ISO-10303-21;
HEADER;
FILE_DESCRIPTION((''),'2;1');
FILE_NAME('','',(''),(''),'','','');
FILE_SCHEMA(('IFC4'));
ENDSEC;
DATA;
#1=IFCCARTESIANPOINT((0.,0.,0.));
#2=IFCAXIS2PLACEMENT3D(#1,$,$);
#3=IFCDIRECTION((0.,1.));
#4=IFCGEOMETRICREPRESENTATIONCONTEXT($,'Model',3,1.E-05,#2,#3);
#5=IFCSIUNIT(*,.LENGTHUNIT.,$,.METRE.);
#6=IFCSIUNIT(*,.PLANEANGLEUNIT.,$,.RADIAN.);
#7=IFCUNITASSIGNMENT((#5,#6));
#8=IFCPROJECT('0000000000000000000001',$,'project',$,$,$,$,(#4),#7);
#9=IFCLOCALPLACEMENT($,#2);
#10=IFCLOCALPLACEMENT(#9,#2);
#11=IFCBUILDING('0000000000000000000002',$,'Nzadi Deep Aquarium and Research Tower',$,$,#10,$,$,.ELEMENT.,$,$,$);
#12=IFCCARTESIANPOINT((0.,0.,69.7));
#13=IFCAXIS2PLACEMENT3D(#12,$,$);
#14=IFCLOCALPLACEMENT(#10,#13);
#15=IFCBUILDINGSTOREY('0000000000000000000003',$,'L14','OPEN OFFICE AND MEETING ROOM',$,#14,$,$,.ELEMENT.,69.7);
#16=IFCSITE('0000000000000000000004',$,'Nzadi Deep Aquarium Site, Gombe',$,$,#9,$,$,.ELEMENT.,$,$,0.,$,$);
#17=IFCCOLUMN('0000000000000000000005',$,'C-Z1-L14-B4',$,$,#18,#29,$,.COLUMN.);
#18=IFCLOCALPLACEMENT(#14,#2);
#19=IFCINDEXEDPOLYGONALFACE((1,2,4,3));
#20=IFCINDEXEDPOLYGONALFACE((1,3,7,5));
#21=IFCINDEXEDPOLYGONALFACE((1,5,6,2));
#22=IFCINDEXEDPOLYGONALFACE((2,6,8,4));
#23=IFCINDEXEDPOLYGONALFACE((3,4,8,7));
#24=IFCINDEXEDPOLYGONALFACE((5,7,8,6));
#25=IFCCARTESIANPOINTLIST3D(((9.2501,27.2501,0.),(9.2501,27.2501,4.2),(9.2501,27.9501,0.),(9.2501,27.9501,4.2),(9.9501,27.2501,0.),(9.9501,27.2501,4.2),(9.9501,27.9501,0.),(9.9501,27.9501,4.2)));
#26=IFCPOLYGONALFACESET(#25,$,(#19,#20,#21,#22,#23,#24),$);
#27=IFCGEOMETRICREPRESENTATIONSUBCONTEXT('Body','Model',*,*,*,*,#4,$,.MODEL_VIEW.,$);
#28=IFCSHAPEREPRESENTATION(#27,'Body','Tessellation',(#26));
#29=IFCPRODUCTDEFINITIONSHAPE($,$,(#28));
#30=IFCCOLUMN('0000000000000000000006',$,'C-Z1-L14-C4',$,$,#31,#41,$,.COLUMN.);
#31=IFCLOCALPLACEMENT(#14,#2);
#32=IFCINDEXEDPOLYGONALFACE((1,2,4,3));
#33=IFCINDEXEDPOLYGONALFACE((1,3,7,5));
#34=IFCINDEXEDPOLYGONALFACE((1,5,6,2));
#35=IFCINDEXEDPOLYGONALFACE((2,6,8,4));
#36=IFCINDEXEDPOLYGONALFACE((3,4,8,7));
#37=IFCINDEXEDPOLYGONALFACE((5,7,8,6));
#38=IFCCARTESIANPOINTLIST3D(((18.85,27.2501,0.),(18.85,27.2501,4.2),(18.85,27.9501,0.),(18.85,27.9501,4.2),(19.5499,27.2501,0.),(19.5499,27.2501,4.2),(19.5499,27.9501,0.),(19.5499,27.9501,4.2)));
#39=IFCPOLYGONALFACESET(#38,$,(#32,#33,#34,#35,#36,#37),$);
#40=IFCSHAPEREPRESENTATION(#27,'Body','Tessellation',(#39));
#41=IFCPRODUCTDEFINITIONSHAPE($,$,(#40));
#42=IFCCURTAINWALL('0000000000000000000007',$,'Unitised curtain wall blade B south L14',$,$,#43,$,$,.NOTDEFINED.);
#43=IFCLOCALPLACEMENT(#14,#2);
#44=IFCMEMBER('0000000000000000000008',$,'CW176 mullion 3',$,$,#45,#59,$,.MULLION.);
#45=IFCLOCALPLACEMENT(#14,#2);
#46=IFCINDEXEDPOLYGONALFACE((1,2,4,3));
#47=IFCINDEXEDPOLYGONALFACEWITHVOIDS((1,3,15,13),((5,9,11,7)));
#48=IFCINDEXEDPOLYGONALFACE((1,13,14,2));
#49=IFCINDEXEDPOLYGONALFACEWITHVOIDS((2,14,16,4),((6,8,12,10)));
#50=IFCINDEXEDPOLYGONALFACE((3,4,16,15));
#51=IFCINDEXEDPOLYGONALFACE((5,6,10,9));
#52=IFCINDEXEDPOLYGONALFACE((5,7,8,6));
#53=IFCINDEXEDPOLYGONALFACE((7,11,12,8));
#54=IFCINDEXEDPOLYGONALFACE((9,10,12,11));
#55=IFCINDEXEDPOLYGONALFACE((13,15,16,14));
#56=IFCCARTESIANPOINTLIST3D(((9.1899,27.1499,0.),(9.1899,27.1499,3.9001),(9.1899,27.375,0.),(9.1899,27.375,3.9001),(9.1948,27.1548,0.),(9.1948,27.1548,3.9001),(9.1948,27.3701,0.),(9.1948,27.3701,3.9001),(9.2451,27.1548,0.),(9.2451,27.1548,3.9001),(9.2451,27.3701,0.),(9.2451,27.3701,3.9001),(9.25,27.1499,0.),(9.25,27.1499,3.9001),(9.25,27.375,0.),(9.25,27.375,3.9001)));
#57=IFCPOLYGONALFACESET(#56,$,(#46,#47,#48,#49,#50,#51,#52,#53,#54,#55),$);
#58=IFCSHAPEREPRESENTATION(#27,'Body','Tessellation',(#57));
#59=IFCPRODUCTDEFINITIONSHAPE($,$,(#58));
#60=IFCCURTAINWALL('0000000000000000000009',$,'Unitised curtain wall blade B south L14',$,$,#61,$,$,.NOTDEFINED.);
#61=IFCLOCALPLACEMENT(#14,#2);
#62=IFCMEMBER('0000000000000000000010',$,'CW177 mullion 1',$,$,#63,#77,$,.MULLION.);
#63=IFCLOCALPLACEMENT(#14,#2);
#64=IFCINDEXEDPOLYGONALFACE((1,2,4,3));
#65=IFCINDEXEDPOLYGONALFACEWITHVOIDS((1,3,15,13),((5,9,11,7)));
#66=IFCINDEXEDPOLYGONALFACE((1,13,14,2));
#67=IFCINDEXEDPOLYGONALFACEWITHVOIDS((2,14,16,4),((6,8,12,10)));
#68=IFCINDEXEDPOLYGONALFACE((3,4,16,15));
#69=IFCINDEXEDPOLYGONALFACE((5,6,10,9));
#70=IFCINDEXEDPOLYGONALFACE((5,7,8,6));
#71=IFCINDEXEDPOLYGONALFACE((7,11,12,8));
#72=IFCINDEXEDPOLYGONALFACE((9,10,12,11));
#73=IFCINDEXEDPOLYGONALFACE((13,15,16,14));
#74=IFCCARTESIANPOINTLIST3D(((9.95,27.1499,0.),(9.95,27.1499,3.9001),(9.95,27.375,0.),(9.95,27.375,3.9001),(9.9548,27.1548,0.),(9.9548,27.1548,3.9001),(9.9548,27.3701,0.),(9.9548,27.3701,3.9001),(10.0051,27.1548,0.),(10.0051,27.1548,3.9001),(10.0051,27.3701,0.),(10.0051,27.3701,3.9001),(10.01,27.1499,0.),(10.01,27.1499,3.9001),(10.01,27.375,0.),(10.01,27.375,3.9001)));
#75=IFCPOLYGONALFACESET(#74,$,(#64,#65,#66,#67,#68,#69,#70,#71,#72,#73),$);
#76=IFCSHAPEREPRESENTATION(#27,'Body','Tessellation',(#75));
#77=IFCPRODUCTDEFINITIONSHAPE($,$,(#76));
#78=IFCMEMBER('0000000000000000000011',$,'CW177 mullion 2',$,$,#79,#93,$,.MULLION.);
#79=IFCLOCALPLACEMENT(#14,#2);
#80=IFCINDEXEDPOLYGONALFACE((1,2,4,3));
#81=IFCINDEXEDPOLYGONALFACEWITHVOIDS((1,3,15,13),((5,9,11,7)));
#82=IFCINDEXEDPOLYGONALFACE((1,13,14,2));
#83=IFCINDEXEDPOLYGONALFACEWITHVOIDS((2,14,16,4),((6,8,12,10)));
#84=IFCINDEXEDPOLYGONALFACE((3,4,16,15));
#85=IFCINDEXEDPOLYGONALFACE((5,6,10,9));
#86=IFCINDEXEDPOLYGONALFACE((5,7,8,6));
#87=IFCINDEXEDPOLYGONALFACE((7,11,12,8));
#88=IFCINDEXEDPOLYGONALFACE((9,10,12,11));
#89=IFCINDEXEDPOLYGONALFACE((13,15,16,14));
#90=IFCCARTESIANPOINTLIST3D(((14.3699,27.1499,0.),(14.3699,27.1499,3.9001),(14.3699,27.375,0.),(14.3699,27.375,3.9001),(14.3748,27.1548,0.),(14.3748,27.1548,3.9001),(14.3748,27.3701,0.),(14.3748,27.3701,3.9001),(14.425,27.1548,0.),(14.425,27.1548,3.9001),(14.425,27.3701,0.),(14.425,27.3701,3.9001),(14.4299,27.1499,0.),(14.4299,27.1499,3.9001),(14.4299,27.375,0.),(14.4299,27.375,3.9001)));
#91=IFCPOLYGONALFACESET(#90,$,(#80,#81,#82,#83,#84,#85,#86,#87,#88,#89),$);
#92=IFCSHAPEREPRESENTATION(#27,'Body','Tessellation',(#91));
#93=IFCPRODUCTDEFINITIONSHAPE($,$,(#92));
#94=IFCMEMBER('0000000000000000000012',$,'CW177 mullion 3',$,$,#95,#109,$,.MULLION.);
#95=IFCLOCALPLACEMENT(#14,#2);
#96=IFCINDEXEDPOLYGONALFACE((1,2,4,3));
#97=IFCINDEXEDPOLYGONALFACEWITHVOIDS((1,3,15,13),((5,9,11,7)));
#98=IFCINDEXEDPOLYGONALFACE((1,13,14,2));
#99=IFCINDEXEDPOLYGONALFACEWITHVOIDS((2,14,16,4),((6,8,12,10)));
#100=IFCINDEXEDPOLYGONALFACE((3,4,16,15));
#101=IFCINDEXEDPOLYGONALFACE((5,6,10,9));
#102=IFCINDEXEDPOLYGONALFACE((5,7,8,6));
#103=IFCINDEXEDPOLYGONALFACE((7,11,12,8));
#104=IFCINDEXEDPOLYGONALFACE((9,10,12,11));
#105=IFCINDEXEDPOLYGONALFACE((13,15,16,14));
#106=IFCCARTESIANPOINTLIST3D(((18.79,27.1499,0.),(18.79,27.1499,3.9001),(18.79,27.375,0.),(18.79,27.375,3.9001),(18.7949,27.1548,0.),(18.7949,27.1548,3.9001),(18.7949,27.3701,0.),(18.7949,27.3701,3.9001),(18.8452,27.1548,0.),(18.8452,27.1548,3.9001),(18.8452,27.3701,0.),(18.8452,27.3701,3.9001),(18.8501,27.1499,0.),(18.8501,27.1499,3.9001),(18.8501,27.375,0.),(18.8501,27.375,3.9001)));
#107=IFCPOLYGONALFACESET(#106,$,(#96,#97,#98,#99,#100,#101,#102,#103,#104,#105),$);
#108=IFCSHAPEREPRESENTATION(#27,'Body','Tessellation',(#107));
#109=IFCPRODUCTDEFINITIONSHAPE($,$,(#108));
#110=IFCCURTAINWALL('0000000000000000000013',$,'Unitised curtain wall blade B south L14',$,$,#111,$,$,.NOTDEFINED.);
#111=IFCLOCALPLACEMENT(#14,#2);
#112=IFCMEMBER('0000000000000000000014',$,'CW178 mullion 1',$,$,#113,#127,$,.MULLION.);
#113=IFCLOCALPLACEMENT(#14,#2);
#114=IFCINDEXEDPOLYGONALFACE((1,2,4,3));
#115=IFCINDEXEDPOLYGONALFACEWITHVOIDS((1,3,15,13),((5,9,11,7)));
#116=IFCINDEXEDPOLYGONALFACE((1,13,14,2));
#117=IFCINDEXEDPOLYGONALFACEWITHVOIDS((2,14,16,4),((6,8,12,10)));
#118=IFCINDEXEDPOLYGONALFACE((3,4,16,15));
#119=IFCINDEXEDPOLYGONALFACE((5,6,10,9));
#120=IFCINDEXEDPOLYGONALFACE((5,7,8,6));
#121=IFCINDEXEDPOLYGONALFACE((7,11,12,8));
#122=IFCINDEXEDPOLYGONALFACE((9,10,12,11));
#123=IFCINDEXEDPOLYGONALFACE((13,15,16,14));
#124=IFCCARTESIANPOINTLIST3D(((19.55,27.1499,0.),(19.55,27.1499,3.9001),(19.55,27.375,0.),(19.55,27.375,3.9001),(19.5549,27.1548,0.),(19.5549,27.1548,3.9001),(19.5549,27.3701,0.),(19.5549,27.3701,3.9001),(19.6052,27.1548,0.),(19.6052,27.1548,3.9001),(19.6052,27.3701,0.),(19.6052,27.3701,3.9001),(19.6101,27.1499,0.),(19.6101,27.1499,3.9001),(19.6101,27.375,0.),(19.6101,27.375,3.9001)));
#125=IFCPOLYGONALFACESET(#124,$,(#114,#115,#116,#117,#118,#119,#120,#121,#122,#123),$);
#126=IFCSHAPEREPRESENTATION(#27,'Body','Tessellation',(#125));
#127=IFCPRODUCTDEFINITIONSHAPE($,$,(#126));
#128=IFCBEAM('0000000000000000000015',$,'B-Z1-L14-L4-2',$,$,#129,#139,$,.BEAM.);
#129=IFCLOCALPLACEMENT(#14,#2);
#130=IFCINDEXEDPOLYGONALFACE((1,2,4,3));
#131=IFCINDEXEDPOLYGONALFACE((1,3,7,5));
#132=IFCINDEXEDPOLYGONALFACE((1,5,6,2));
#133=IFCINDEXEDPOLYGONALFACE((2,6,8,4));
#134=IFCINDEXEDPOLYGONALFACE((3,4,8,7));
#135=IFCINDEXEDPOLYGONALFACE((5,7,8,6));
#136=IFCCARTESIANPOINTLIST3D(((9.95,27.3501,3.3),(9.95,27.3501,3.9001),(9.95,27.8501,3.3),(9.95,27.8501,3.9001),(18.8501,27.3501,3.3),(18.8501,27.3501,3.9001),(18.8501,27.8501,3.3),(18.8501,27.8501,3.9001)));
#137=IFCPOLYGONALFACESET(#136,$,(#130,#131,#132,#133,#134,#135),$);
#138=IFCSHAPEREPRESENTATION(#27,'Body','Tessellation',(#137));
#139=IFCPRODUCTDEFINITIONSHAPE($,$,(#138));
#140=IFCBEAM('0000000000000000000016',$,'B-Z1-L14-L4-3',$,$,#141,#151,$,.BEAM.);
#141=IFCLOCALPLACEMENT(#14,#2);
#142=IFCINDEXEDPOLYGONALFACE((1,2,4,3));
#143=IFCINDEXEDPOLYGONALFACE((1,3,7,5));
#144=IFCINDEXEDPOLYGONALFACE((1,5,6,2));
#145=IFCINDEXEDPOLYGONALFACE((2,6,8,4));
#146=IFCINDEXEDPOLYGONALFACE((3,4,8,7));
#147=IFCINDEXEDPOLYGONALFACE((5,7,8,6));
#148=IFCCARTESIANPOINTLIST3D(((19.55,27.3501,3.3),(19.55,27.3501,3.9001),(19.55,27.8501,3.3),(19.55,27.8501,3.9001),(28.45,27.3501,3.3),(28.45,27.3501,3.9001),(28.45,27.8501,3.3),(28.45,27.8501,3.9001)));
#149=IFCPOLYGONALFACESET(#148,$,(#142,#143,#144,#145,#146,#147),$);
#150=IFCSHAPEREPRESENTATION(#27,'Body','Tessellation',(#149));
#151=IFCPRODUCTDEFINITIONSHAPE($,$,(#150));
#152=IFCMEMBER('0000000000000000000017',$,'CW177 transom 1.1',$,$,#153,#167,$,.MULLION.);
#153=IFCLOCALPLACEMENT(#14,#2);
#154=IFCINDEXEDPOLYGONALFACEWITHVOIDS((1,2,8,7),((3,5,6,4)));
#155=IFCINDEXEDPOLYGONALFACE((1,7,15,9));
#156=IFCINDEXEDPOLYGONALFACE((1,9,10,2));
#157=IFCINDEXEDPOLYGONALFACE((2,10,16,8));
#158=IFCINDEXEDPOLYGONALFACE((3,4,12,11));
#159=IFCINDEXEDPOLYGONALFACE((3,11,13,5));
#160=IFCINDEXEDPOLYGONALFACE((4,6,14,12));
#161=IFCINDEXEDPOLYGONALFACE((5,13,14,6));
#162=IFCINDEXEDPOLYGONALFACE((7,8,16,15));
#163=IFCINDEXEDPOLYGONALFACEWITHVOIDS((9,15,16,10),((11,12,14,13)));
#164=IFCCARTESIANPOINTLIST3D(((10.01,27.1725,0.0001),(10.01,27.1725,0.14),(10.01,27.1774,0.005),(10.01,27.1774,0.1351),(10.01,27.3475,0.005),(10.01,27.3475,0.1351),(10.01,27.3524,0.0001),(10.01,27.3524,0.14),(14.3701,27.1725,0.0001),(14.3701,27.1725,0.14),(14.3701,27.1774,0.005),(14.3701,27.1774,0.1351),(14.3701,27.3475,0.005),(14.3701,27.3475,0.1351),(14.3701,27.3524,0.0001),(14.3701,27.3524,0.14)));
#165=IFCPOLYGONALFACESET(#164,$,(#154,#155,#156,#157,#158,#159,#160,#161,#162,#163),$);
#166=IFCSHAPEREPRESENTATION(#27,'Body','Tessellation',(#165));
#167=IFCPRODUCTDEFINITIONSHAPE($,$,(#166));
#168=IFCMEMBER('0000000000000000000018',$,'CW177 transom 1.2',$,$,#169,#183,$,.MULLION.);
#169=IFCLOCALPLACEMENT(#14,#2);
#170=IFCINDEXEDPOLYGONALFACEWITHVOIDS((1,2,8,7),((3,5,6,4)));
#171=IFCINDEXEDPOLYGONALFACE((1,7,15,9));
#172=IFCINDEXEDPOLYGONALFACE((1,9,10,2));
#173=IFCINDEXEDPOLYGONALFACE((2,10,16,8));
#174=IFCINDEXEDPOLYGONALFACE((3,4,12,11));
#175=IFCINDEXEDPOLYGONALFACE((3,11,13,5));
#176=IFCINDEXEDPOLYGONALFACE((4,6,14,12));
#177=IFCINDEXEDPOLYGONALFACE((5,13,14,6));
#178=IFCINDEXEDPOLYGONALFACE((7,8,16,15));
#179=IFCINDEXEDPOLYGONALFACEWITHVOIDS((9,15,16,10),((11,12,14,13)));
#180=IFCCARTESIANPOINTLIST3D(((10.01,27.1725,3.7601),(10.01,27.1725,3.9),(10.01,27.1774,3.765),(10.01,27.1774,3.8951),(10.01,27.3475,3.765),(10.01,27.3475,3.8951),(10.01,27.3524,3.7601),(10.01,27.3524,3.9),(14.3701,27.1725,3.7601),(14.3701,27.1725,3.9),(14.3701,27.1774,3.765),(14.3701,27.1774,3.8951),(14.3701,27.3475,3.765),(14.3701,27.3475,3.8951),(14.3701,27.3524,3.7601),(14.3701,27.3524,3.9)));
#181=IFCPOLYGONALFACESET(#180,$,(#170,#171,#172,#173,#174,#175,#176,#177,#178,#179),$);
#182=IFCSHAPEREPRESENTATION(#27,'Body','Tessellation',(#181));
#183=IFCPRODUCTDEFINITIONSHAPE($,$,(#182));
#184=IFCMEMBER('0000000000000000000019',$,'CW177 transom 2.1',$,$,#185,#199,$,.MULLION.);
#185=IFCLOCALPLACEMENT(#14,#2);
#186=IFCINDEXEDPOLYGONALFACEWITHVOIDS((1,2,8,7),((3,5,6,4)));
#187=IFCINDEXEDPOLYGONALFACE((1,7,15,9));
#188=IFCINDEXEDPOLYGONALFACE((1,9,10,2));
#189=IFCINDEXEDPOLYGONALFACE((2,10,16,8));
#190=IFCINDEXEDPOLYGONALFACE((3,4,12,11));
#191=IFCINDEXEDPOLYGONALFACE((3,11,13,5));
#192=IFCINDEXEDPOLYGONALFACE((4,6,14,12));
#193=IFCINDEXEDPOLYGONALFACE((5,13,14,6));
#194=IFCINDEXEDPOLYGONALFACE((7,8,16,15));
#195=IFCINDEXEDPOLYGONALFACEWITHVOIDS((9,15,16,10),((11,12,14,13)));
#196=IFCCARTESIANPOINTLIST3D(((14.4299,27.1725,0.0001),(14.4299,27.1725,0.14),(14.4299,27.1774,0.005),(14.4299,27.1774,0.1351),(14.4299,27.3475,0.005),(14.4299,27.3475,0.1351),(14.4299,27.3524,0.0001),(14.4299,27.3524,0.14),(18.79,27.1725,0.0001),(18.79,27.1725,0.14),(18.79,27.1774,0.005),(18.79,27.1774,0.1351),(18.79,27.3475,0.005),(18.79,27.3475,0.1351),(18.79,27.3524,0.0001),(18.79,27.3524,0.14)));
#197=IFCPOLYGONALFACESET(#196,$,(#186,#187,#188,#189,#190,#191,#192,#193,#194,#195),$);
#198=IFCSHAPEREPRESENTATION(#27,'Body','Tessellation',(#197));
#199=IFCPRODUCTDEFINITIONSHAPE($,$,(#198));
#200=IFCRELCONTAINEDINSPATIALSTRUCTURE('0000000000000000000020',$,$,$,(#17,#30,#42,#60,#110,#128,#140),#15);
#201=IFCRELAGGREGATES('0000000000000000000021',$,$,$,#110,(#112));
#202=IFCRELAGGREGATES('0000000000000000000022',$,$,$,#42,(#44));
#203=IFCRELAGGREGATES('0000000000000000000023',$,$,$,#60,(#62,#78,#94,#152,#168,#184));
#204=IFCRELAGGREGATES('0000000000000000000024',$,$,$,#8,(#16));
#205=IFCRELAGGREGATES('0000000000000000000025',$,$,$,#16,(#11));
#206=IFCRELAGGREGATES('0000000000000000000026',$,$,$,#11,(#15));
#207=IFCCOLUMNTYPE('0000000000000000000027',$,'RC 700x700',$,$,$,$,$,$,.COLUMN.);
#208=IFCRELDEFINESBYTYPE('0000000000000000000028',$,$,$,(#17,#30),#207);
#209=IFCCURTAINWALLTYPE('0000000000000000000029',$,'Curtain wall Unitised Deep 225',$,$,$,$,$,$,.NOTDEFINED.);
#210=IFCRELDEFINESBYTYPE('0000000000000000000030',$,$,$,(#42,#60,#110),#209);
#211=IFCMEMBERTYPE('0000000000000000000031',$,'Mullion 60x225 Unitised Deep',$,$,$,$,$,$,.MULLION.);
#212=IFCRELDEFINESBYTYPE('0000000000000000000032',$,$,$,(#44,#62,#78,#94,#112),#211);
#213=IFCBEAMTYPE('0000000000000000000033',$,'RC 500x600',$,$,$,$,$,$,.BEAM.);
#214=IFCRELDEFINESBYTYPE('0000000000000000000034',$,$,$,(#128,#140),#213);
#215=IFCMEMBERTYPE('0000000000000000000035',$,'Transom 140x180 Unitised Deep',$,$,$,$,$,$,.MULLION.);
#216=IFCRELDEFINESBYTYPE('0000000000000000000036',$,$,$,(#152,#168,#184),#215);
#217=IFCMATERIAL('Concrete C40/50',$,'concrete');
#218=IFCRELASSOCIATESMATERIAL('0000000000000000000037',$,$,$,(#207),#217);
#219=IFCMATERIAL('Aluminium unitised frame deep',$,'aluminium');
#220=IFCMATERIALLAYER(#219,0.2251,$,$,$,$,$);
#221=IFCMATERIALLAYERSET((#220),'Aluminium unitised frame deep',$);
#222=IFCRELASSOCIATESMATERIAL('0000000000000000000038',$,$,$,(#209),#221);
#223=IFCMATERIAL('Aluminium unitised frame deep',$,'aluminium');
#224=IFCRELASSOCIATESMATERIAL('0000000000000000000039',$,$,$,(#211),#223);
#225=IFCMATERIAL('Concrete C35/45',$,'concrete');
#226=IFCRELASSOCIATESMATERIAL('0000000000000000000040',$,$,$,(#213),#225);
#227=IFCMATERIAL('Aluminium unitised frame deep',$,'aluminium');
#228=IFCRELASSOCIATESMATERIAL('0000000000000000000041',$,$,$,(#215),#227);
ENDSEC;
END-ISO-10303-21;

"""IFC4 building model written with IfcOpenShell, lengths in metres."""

from ifc_helpers import new_model, si_unit, direction, frame, origin, origin_2d, place, context, subcontext, project, spatial, rectangle, hollow_rectangle, extrude, material, layer, layer_set, material_profile, profile_set, type_object, element, aggregate, save


model = new_model("IFC4")

# Units and contexts
model_context = context("Model", 3, precision=1e-05, world=origin(), true_north=direction((0.0, 1.0)))
body_context = subcontext(model_context, "Body", "Model", "MODEL_VIEW")
ifc_project = project(units=[si_unit("LENGTHUNIT", "METRE"), si_unit("PLANEANGLEUNIT", "RADIAN")], contexts=[model_context])

# Site, building, storey
site_placement = place(None, origin())
site = spatial("IfcSite", under=ifc_project, at=site_placement, Name="Nzadi Deep Aquarium Site, Gombe", CompositionType="ELEMENT", RefElevation=0.0)
building_placement = place(site_placement, origin())
building = spatial("IfcBuilding", under=site, at=building_placement, Name="Nzadi Deep Aquarium and Research Tower", CompositionType="ELEMENT")
storey_placement = place(building_placement, frame((0.0, 0.0, 69.7)))
storey = spatial("IfcBuildingStorey", under=building, at=storey_placement, Name="L14", Description="OPEN OFFICE AND MEETING ROOM", CompositionType="ELEMENT", Elevation=69.7)

# Columns
ifc_material_1 = material(Name="Concrete C40/50", Category="concrete")
ifc_material_profile_1 = material_profile(ifc_material_1, rectangle(XDim=0.7, YDim=0.7, at=origin_2d()))
ifc_profile_set_1 = profile_set([ifc_material_profile_1], Name="Concrete C40/50")
column_type = type_object("IfcColumnType", Name="RC 700x700", PredefinedType="COLUMN", material=ifc_profile_set_1)
for number, where, z_axis, x_axis, name in (
    (1, (9.6001, 27.6001, 0.0), (0.0, 0.0, 1.0), (1.0, 0.0, 0.0), "C-Z1-L14-B4"),
    (2, (19.2, 27.6001, 0.0), (0.0, 0.0, 1.0), (1.0, 0.0, 0.0), "C-Z1-L14-C4"),
):
    element("IfcColumn", number, at=place(storey_placement, frame(where, z_axis=z_axis, x_axis=x_axis)), inside=storey, type_object=column_type, Name=name, PredefinedType="COLUMN", context=body_context, shape_type="SweptSolid", body=[
        extrude(rectangle(XDim=0.7, YDim=0.7, at=origin_2d()), origin(), (0.0, 0.0, 1.0), 4.2),
    ])

# Curtain wall, member
ifc_material_2 = material(Name="Aluminium unitised frame deep", Category="aluminium")
ifc_layer_1 = layer(ifc_material_2, 0.2251)
ifc_layer_set_1 = layer_set([ifc_layer_1], Name="Aluminium unitised frame deep")
curtain_wall_type = type_object("IfcCurtainWallType", Name="Curtain wall Unitised Deep 225", PredefinedType="NOTDEFINED", material=ifc_layer_set_1)
curtain_wall_1_placement = place(storey_placement, origin())
curtain_wall_1 = element("IfcCurtainWall", 3, at=curtain_wall_1_placement, inside=storey, type_object=curtain_wall_type, Name="Unitised curtain wall blade B south L14", PredefinedType="NOTDEFINED")
ifc_material_3 = material(Name="Aluminium unitised frame deep", Category="aluminium")
ifc_material_profile_2 = material_profile(ifc_material_3, hollow_rectangle(XDim=0.2251, YDim=0.0601, WallThickness=0.0049, at=origin_2d()))
ifc_profile_set_2 = profile_set([ifc_material_profile_2], Name="Aluminium unitised frame deep")
member_type_1 = type_object("IfcMemberType", Name="Mullion 60x225 Unitised Deep", PredefinedType="MULLION", material=ifc_profile_set_2)
member_1_placement = place(storey_placement, frame((9.22, 27.2625, 0.0), z_axis=(0.0, 0.0, 1.0), x_axis=(0.0, 1.0, 0.0)))
member_1 = element("IfcMember", 4, at=member_1_placement, type_object=member_type_1, Name="CW176 mullion 3", PredefinedType="MULLION", context=body_context, shape_type="SweptSolid", body=[
    extrude(hollow_rectangle(XDim=0.2251, YDim=0.0601, WallThickness=0.0049, at=origin_2d()), origin(), (0.0, 0.0, 1.0), 3.9001),
])

# Curtain wall, members
curtain_wall_2_placement = place(storey_placement, origin())
curtain_wall_2 = element("IfcCurtainWall", 5, at=curtain_wall_2_placement, inside=storey, type_object=curtain_wall_type, Name="Unitised curtain wall blade B south L14", PredefinedType="NOTDEFINED")
member_2_placement = place(storey_placement, frame((9.98, 27.2625, 0.0), z_axis=(0.0, 0.0, 1.0), x_axis=(0.0, 1.0, 0.0)))
member_2 = element("IfcMember", 6, at=member_2_placement, type_object=member_type_1, Name="CW177 mullion 1", PredefinedType="MULLION", context=body_context, shape_type="SweptSolid", body=[
    extrude(hollow_rectangle(XDim=0.2251, YDim=0.0601, WallThickness=0.0049, at=origin_2d()), origin(), (0.0, 0.0, 1.0), 3.9001),
])
member_3_placement = place(storey_placement, frame((14.3999, 27.2625, 0.0), z_axis=(0.0, 0.0, 1.0), x_axis=(0.0, 1.0, 0.0)))
member_3 = element("IfcMember", 7, at=member_3_placement, type_object=member_type_1, Name="CW177 mullion 2", PredefinedType="MULLION", context=body_context, shape_type="SweptSolid", body=[
    extrude(hollow_rectangle(XDim=0.2251, YDim=0.0601, WallThickness=0.0049, at=origin_2d()), origin(), (0.0, 0.0, 1.0), 3.9001),
])
member_4_placement = place(storey_placement, frame((18.8201, 27.2625, 0.0), z_axis=(0.0, 0.0, 1.0), x_axis=(0.0, 1.0, 0.0)))
member_4 = element("IfcMember", 8, at=member_4_placement, type_object=member_type_1, Name="CW177 mullion 3", PredefinedType="MULLION", context=body_context, shape_type="SweptSolid", body=[
    extrude(hollow_rectangle(XDim=0.2251, YDim=0.0601, WallThickness=0.0049, at=origin_2d()), origin(), (0.0, 0.0, 1.0), 3.9001),
])

# Curtain wall, member
curtain_wall_3_placement = place(storey_placement, origin())
curtain_wall_3 = element("IfcCurtainWall", 9, at=curtain_wall_3_placement, inside=storey, type_object=curtain_wall_type, Name="Unitised curtain wall blade B south L14", PredefinedType="NOTDEFINED")
member_5_placement = place(storey_placement, frame((19.5801, 27.2625, 0.0), z_axis=(0.0, 0.0, 1.0), x_axis=(0.0, 1.0, 0.0)))
member_5 = element("IfcMember", 10, at=member_5_placement, type_object=member_type_1, Name="CW178 mullion 1", PredefinedType="MULLION", context=body_context, shape_type="SweptSolid", body=[
    extrude(hollow_rectangle(XDim=0.2251, YDim=0.0601, WallThickness=0.0049, at=origin_2d()), origin(), (0.0, 0.0, 1.0), 3.9001),
])
aggregate(curtain_wall_3, [member_5])

# Beams
ifc_material_4 = material(Name="Concrete C35/45", Category="concrete")
ifc_material_profile_3 = material_profile(ifc_material_4, rectangle(XDim=0.5, YDim=0.6001, at=origin_2d()))
ifc_profile_set_3 = profile_set([ifc_material_profile_3], Name="Concrete C35/45")
beam_type = type_object("IfcBeamType", Name="RC 500x600", PredefinedType="BEAM", material=ifc_profile_set_3)
beam_1_placement = place(storey_placement, frame((9.95, 27.6001, 3.6001), z_axis=(1.0, 0.0, 0.0), x_axis=(0.0, 1.0, 0.0)))
element("IfcBeam", 11, at=beam_1_placement, inside=storey, type_object=beam_type, Name="B-Z1-L14-L4-2", PredefinedType="BEAM", context=body_context, shape_type="SweptSolid", body=[
    extrude(rectangle(XDim=0.5, YDim=0.6001, at=origin_2d()), origin(), (0.0, 0.0, 1.0), 8.9001),
])
beam_2_placement = place(storey_placement, frame((19.55, 27.6001, 3.6001), z_axis=(1.0, 0.0, 0.0), x_axis=(0.0, 1.0, 0.0)))
element("IfcBeam", 12, at=beam_2_placement, inside=storey, type_object=beam_type, Name="B-Z1-L14-L4-3", PredefinedType="BEAM", context=body_context, shape_type="SweptSolid", body=[
    extrude(rectangle(XDim=0.5, YDim=0.6001, at=origin_2d()), origin(), (0.0, 0.0, 1.0), 8.8999),
])

# Members
ifc_material_5 = material(Name="Aluminium unitised frame deep", Category="aluminium")
ifc_material_profile_4 = material_profile(ifc_material_5, hollow_rectangle(XDim=0.1799, YDim=0.1399, WallThickness=0.0049, at=origin_2d()))
ifc_profile_set_4 = profile_set([ifc_material_profile_4], Name="Aluminium unitised frame deep")
member_type_2 = type_object("IfcMemberType", Name="Transom 140x180 Unitised Deep", PredefinedType="MULLION", material=ifc_profile_set_4)
member_6_placement = place(storey_placement, frame((10.01, 27.2625, 0.0701), z_axis=(1.0, 0.0, 0.0), x_axis=(0.0, 1.0, 0.0)))
member_6 = element("IfcMember", 13, at=member_6_placement, type_object=member_type_2, Name="CW177 transom 1.1", PredefinedType="MULLION", context=body_context, shape_type="SweptSolid", body=[
    extrude(hollow_rectangle(XDim=0.1799, YDim=0.1399, WallThickness=0.0049, at=origin_2d()), origin(), (0.0, 0.0, 1.0), 4.3601),
])
member_7_placement = place(storey_placement, frame((10.01, 27.2625, 3.8301), z_axis=(1.0, 0.0, 0.0), x_axis=(0.0, 1.0, 0.0)))
member_7 = element("IfcMember", 14, at=member_7_placement, type_object=member_type_2, Name="CW177 transom 1.2", PredefinedType="MULLION", context=body_context, shape_type="SweptSolid", body=[
    extrude(hollow_rectangle(XDim=0.1799, YDim=0.1399, WallThickness=0.0049, at=origin_2d()), origin(), (0.0, 0.0, 1.0), 4.3601),
])
member_8_placement = place(storey_placement, frame((14.4299, 27.2625, 0.0701), z_axis=(1.0, 0.0, 0.0), x_axis=(0.0, 1.0, 0.0)))
member_8 = element("IfcMember", 15, at=member_8_placement, type_object=member_type_2, Name="CW177 transom 2.1", PredefinedType="MULLION", context=body_context, shape_type="SweptSolid", body=[
    extrude(hollow_rectangle(XDim=0.1799, YDim=0.1399, WallThickness=0.0049, at=origin_2d()), origin(), (0.0, 0.0, 1.0), 4.3601),
])

aggregate(curtain_wall_1, [member_1])
aggregate(curtain_wall_2, [member_2, member_3, member_4, member_6, member_7, member_8])

save(model, "model.ifc")
